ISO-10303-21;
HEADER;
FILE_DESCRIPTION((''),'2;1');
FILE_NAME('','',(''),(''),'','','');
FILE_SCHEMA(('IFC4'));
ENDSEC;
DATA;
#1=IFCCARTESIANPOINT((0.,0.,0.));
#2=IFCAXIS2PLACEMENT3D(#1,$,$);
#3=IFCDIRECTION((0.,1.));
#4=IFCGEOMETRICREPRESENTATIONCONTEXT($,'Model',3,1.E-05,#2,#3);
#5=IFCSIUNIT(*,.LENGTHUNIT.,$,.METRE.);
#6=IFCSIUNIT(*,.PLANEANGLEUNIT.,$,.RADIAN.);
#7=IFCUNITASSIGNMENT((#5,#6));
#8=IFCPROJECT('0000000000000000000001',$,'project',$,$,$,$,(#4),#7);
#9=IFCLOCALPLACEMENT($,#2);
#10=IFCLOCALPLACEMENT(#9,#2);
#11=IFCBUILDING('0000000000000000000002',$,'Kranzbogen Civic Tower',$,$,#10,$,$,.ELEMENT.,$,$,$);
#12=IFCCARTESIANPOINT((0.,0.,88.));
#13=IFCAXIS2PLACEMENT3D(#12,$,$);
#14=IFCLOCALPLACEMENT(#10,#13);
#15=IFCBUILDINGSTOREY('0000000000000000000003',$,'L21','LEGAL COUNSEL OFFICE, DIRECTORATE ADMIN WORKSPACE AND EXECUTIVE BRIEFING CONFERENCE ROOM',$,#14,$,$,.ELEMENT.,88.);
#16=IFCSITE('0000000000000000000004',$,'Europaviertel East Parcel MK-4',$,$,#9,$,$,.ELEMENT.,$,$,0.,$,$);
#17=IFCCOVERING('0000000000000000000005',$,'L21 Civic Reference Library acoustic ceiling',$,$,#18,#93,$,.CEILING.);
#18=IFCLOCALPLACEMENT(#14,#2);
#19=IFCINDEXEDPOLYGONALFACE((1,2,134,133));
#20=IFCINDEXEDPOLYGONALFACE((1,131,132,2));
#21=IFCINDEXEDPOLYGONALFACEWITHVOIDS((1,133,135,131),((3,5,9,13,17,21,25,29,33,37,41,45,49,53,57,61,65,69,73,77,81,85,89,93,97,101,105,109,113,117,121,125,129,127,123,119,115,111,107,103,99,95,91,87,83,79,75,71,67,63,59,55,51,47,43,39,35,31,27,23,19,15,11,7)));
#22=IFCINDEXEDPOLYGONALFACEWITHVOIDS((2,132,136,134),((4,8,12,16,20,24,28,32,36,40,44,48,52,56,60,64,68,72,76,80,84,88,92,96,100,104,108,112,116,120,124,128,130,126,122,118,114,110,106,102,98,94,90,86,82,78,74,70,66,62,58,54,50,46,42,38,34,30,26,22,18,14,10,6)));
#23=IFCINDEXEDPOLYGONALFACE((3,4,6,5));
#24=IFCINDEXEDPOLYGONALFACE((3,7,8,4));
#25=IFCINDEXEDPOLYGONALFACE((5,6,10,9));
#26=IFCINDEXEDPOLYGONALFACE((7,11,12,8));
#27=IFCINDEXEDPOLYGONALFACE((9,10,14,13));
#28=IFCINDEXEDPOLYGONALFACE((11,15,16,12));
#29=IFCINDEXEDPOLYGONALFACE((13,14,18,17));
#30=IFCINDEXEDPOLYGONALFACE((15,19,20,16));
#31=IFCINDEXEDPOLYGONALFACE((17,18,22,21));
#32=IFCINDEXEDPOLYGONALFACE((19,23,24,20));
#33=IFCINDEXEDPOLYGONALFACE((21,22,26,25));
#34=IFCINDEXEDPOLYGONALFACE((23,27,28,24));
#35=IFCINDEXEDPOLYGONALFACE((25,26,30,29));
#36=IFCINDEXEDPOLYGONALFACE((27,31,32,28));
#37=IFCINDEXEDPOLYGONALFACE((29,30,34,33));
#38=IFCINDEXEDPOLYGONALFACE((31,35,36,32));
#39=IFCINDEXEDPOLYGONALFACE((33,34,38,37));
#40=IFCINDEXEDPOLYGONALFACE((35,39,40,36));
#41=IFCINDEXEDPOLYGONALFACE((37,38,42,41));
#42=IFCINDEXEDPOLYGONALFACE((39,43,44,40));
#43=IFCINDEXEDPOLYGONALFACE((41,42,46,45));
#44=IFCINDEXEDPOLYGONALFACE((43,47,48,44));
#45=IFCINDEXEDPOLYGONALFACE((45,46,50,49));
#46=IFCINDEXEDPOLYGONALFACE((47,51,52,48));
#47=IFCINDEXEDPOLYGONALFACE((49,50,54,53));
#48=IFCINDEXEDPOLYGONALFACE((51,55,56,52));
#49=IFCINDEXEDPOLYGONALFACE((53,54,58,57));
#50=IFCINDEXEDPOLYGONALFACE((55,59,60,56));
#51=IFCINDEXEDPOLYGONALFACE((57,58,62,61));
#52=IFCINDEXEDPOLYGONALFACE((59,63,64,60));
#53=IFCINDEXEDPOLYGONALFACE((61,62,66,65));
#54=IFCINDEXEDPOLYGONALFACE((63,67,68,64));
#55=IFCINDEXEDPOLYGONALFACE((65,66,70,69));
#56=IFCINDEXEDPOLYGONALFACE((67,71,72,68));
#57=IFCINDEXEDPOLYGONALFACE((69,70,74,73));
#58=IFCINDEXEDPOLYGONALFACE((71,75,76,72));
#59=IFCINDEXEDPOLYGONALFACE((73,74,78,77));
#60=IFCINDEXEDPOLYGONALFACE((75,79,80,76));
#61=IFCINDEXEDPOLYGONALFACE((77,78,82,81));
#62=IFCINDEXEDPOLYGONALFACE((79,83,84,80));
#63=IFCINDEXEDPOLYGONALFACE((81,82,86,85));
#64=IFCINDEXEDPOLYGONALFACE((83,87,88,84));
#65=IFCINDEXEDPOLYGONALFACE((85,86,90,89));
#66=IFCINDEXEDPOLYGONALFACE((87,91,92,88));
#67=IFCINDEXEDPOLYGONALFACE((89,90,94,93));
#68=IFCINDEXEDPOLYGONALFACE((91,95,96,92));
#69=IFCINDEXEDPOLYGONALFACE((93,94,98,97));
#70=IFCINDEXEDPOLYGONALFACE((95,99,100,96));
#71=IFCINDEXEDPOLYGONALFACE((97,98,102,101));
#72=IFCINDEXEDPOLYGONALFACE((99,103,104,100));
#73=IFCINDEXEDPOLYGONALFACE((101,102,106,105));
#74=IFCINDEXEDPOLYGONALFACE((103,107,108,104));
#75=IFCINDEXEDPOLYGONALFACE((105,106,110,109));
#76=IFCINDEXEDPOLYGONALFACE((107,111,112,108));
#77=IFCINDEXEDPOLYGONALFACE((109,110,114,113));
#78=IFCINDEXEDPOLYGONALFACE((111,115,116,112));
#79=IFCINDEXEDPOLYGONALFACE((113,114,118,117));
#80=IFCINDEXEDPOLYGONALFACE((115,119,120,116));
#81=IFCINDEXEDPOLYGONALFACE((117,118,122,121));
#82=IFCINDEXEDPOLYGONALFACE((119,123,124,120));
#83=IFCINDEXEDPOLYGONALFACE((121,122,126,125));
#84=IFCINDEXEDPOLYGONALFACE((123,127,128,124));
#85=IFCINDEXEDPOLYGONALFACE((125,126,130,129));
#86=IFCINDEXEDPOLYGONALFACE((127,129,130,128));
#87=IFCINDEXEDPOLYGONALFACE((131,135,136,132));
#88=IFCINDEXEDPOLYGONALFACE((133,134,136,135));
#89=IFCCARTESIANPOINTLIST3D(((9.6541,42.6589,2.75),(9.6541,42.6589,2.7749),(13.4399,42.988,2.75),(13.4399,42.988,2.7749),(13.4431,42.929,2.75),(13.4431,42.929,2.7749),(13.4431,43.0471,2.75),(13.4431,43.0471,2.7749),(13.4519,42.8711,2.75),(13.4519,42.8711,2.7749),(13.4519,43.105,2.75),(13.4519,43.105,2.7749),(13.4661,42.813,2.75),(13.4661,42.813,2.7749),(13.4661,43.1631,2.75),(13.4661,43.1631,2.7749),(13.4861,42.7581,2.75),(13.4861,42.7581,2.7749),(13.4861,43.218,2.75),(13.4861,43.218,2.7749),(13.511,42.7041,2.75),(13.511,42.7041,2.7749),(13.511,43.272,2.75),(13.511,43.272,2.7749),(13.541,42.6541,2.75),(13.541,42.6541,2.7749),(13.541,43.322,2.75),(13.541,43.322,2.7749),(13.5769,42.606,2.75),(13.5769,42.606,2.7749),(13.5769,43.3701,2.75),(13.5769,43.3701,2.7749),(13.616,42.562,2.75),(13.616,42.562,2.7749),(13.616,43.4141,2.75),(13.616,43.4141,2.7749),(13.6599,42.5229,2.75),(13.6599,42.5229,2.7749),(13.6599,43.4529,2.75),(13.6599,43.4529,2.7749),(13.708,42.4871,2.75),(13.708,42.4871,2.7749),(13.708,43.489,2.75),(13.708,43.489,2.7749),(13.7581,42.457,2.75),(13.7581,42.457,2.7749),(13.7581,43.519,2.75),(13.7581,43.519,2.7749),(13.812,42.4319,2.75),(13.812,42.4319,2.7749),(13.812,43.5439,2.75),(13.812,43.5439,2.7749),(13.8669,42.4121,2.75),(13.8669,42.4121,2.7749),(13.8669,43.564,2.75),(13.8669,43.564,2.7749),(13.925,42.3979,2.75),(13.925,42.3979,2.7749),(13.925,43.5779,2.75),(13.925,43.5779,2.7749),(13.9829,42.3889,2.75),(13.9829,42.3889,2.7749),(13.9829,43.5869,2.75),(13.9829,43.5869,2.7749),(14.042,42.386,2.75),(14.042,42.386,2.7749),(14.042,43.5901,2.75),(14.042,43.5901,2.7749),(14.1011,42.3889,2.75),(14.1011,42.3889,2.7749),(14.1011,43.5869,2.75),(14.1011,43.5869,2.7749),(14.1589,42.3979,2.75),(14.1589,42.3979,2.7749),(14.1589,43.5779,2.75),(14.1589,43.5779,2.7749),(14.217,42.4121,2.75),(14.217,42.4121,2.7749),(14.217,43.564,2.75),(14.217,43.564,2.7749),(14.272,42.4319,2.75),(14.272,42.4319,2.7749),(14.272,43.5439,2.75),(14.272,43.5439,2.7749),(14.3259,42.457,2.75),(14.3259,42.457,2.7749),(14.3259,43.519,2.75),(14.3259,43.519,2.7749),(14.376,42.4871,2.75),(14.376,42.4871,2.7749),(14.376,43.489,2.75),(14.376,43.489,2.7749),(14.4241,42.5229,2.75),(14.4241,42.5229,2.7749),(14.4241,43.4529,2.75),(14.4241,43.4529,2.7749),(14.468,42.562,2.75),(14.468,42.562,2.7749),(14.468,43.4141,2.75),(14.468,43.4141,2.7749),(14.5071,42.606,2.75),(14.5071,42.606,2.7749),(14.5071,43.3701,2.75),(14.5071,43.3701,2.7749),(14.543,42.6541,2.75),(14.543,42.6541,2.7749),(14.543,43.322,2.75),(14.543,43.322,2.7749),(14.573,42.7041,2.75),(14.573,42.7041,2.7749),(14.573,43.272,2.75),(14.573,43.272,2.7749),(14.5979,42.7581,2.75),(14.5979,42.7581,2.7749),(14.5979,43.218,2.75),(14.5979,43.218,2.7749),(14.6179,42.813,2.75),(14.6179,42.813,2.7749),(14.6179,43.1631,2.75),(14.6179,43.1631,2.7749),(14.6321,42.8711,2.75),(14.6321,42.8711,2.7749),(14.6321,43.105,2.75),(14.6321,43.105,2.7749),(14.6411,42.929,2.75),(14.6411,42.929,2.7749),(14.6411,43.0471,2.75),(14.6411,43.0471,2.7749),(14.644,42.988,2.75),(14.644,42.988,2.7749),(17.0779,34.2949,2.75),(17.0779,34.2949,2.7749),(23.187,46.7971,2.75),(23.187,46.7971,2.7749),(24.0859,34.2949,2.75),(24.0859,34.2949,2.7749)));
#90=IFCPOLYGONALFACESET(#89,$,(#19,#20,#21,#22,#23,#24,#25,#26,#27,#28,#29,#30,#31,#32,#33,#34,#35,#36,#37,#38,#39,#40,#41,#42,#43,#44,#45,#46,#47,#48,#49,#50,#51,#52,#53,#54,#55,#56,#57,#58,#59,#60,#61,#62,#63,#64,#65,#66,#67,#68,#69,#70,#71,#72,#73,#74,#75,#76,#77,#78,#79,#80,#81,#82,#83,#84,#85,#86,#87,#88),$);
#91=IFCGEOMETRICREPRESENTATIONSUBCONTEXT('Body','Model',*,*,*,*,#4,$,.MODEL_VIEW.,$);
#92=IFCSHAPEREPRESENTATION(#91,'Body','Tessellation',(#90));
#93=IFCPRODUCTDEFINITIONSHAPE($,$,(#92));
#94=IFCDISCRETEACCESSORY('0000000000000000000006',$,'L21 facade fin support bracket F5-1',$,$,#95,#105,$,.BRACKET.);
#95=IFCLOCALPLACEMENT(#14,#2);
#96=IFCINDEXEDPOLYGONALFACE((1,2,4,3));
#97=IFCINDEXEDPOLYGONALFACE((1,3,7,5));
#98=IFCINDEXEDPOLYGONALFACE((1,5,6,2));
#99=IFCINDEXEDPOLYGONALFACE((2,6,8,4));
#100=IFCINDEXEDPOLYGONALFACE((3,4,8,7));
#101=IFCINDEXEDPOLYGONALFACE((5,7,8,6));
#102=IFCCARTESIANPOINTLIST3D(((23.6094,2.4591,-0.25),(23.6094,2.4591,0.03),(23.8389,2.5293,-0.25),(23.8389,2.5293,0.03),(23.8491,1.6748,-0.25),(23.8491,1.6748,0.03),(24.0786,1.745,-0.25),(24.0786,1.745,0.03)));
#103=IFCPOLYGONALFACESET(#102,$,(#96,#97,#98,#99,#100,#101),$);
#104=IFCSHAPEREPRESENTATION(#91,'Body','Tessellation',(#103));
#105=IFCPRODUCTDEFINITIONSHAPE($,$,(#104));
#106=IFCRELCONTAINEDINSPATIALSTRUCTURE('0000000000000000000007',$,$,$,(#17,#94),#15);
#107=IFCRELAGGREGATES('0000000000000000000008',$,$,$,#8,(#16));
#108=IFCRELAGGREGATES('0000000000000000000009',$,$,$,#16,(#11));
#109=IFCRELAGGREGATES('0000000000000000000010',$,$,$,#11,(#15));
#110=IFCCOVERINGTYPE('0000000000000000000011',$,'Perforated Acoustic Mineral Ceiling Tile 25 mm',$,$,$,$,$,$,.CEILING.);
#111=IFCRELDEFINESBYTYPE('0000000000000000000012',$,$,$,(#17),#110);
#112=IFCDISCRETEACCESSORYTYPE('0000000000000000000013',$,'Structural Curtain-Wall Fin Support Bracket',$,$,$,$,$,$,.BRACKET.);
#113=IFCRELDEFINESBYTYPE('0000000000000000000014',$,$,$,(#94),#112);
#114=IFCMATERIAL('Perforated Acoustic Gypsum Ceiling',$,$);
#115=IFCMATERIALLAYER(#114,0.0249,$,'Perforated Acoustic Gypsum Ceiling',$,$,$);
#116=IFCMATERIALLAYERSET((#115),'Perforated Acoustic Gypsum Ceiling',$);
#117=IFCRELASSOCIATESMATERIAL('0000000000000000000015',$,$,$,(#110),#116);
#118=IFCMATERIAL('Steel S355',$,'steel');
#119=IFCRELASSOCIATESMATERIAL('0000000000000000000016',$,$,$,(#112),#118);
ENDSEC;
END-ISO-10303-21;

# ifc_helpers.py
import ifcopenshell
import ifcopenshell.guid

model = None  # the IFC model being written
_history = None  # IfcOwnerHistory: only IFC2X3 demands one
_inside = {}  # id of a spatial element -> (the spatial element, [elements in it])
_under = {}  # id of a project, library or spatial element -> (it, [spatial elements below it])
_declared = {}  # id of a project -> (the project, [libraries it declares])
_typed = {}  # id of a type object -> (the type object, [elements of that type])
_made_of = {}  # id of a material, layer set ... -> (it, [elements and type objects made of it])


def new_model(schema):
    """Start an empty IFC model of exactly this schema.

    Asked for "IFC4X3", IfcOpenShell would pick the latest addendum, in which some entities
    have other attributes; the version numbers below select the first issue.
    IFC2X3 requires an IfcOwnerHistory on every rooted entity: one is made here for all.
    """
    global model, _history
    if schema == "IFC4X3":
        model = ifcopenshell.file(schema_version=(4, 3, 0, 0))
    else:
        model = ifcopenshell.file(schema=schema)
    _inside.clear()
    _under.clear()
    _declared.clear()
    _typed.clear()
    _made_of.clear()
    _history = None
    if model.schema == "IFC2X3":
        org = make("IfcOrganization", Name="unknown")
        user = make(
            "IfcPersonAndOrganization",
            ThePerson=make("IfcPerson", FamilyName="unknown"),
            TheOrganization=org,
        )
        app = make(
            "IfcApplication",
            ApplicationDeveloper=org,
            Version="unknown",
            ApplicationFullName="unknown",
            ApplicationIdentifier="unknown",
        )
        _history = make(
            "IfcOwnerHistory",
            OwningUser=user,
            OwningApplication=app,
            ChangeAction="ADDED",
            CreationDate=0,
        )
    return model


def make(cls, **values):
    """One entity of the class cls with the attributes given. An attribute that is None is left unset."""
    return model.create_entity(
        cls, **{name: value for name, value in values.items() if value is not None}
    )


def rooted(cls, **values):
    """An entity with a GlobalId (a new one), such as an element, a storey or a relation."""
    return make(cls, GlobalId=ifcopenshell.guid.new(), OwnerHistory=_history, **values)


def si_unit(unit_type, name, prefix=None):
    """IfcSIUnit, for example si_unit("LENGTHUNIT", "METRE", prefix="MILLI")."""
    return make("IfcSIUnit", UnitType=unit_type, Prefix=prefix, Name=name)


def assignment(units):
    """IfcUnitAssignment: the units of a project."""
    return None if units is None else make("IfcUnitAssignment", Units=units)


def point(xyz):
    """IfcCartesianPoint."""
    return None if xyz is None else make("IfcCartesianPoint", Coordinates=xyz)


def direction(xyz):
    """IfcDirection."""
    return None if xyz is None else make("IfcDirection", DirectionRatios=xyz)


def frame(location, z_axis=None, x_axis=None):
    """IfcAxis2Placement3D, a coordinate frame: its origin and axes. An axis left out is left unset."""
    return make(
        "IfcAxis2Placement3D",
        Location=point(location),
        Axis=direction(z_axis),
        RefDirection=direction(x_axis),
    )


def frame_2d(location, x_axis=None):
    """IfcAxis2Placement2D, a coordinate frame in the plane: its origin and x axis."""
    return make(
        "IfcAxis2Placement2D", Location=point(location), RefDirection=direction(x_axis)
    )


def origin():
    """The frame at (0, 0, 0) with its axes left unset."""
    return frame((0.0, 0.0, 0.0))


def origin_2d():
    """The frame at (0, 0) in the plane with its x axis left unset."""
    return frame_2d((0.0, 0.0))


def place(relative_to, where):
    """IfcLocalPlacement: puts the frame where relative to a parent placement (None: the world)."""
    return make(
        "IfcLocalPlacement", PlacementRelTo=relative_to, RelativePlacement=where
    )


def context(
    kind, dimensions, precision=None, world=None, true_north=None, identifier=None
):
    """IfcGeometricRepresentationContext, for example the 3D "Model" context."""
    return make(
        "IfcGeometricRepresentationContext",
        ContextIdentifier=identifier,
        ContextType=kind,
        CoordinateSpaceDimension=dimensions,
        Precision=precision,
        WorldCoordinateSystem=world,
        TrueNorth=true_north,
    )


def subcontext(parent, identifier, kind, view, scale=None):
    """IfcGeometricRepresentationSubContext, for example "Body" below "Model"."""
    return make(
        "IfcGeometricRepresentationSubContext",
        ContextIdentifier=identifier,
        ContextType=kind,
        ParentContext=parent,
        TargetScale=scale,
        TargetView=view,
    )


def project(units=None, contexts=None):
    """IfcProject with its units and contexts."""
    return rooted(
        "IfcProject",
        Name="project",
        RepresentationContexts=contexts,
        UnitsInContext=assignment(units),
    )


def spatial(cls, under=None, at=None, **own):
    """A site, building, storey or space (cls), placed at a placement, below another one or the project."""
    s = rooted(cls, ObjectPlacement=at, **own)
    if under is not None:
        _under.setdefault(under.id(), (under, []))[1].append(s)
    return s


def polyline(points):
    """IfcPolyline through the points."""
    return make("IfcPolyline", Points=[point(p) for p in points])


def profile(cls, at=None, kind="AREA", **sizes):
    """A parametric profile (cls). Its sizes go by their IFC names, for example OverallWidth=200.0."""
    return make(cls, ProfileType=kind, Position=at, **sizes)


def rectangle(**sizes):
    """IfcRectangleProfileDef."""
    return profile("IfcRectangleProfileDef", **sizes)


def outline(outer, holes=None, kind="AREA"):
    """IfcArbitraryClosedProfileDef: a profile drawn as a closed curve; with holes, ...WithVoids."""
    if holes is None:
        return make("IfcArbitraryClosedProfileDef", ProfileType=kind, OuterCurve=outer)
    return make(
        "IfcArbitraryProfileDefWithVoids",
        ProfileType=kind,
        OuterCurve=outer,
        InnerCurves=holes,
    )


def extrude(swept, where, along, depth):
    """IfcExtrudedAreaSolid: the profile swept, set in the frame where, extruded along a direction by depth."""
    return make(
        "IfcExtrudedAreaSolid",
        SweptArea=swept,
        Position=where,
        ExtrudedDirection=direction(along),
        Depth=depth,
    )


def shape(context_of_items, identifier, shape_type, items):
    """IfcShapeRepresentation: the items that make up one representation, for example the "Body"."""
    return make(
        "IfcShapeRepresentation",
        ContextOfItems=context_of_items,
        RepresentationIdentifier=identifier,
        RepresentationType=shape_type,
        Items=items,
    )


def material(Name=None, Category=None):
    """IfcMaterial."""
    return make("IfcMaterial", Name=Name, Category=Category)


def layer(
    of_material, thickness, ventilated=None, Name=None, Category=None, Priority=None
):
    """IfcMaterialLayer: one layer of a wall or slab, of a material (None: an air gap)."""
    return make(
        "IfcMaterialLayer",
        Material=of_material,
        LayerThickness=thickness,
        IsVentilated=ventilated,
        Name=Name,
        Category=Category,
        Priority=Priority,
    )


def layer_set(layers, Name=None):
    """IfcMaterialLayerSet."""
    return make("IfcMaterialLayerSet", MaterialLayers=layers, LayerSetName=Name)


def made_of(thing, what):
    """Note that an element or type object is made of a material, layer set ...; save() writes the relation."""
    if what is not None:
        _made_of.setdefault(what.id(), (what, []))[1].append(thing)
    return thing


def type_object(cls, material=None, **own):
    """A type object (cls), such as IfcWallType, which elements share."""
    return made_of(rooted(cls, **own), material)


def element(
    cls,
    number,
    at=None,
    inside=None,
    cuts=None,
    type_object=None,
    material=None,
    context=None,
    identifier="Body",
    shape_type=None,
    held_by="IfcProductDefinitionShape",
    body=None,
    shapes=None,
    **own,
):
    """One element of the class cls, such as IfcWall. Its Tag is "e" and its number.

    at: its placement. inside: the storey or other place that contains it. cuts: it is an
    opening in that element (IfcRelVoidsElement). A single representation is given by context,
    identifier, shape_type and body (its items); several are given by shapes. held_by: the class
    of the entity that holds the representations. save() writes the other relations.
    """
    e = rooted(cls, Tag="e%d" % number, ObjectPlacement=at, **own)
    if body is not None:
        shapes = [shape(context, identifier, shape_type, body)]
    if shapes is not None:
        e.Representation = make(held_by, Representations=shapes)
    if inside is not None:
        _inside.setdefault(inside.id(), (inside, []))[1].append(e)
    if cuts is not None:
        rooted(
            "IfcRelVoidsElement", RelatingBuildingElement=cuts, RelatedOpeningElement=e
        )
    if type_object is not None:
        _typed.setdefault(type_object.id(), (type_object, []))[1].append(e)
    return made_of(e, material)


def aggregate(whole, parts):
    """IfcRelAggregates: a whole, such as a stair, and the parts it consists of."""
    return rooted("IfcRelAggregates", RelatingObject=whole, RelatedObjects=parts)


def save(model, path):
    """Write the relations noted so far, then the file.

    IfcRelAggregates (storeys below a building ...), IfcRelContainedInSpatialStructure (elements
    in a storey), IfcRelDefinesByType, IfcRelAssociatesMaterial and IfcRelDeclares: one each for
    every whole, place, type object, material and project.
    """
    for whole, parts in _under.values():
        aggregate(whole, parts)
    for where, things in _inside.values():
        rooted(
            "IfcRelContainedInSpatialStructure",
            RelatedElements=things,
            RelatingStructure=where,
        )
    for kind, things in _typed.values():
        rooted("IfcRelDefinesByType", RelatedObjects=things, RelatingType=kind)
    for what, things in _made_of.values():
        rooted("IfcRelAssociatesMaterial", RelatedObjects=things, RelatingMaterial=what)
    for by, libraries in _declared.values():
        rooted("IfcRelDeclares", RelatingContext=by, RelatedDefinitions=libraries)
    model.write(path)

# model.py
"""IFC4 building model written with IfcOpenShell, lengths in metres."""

from ifc_helpers import new_model, si_unit, direction, frame, origin, origin_2d, place, context, subcontext, project, spatial, polyline, rectangle, outline, extrude, material, layer, layer_set, type_object, element, save


model = new_model("IFC4")

# Units and contexts
model_context = context("Model", 3, precision=1e-05, world=origin(), true_north=direction((0.0, 1.0)))
body_context = subcontext(model_context, "Body", "Model", "MODEL_VIEW")
ifc_project = project(units=[si_unit("LENGTHUNIT", "METRE"), si_unit("PLANEANGLEUNIT", "RADIAN")], contexts=[model_context])

# Site, building, storey
site_placement = place(None, origin())
site = spatial("IfcSite", under=ifc_project, at=site_placement, Name="Europaviertel East Parcel MK-4", CompositionType="ELEMENT", RefElevation=0.0)
building_placement = place(site_placement, origin())
building = spatial("IfcBuilding", under=site, at=building_placement, Name="Kranzbogen Civic Tower", CompositionType="ELEMENT")
storey_placement = place(building_placement, frame((0.0, 0.0, 88.0)))
storey = spatial("IfcBuildingStorey", under=building, at=storey_placement, Name="L21", Description="LEGAL COUNSEL OFFICE, DIRECTORATE ADMIN WORKSPACE AND EXECUTIVE BRIEFING CONFERENCE ROOM", CompositionType="ELEMENT", Elevation=88.0)

# Shared definitions
ifc_material_1 = material(Name="Steel S355", Category="steel")

# Covering
ifc_material_2 = material(Name="Perforated Acoustic Gypsum Ceiling")
ifc_layer_1 = layer(ifc_material_2, 0.0249, Name="Perforated Acoustic Gypsum Ceiling")
ifc_layer_set_1 = layer_set([ifc_layer_1], Name="Perforated Acoustic Gypsum Ceiling")
covering_type_1 = type_object("IfcCoveringType", Name="Perforated Acoustic Mineral Ceiling Tile 25 mm", PredefinedType="CEILING", material=ifc_layer_set_1)
covering_1_placement = place(storey_placement, frame((0.0, 0.0, 2.75)))
element("IfcCovering", 1, at=covering_1_placement, inside=storey, type_object=covering_type_1, Name="L21 Civic Reference Library acoustic ceiling", PredefinedType="CEILING", context=body_context, shape_type="SweptSolid", body=[
    extrude(outline(polyline([(24.0859, 34.2949), (17.0779, 34.2949), (9.6541, 42.6589), (23.187, 46.7971), (24.0859, 34.2949)]), holes=[polyline([(14.5979, 42.7581), (14.573, 42.7041), (14.543, 42.6541), (14.5071, 42.606), (14.468, 42.562), (14.4241, 42.5229), (14.376, 42.4871), (14.3259, 42.457), (14.272, 42.4319), (14.217, 42.4121), (14.1589, 42.3979), (14.1011, 42.3889), (14.042, 42.386), (13.9829, 42.3889), (13.925, 42.3979), (13.8669, 42.4121), (13.812, 42.4319), (13.7581, 42.457), (13.708, 42.4871), (13.6599, 42.5229), (13.616, 42.562), (13.5769, 42.606), (13.541, 42.6541), (13.511, 42.7041), (13.4861, 42.7581), (13.4661, 42.813), (13.4519, 42.8711), (13.4431, 42.929), (13.4399, 42.988), (13.4431, 43.0471), (13.4519, 43.105), (13.4661, 43.1631), (13.4861, 43.218), (13.511, 43.272), (13.541, 43.322), (13.5769, 43.3701), (13.616, 43.4141), (13.6599, 43.4529), (13.708, 43.489), (13.7581, 43.519), (13.812, 43.5439), (13.8669, 43.564), (13.925, 43.5779), (13.9829, 43.5869), (14.042, 43.5901), (14.1011, 43.5869), (14.1589, 43.5779), (14.217, 43.564), (14.272, 43.5439), (14.3259, 43.519), (14.376, 43.489), (14.4241, 43.4529), (14.468, 43.4141), (14.5071, 43.3701), (14.543, 43.322), (14.573, 43.272), (14.5979, 43.218), (14.6179, 43.1631), (14.6321, 43.105), (14.6411, 43.0471), (14.644, 42.988), (14.6411, 42.929), (14.6321, 42.8711), (14.6179, 42.813), (14.5979, 42.7581)])]), origin(), (0.0, 0.0, 1.0), 0.0249),
])

# Discrete accessory
discrete_accessory_type = type_object("IfcDiscreteAccessoryType", Name="Structural Curtain-Wall Fin Support Bracket", PredefinedType="BRACKET", material=ifc_material_1)
discrete_accessory_placement = place(storey_placement, frame((23.844, 2.1021, -0.25), z_axis=(0.0, 0.0, 1.0), x_axis=(0.292372, -0.956305, 0.0)))
element("IfcDiscreteAccessory", 2, at=discrete_accessory_placement, inside=storey, type_object=discrete_accessory_type, Name="L21 facade fin support bracket F5-1", PredefinedType="BRACKET", context=body_context, shape_type="SweptSolid", body=[
    extrude(rectangle(XDim=0.8201, YDim=0.24, at=origin_2d()), origin(), (0.0, 0.0, 1.0), 0.28),
])

save(model, "model.ifc")
